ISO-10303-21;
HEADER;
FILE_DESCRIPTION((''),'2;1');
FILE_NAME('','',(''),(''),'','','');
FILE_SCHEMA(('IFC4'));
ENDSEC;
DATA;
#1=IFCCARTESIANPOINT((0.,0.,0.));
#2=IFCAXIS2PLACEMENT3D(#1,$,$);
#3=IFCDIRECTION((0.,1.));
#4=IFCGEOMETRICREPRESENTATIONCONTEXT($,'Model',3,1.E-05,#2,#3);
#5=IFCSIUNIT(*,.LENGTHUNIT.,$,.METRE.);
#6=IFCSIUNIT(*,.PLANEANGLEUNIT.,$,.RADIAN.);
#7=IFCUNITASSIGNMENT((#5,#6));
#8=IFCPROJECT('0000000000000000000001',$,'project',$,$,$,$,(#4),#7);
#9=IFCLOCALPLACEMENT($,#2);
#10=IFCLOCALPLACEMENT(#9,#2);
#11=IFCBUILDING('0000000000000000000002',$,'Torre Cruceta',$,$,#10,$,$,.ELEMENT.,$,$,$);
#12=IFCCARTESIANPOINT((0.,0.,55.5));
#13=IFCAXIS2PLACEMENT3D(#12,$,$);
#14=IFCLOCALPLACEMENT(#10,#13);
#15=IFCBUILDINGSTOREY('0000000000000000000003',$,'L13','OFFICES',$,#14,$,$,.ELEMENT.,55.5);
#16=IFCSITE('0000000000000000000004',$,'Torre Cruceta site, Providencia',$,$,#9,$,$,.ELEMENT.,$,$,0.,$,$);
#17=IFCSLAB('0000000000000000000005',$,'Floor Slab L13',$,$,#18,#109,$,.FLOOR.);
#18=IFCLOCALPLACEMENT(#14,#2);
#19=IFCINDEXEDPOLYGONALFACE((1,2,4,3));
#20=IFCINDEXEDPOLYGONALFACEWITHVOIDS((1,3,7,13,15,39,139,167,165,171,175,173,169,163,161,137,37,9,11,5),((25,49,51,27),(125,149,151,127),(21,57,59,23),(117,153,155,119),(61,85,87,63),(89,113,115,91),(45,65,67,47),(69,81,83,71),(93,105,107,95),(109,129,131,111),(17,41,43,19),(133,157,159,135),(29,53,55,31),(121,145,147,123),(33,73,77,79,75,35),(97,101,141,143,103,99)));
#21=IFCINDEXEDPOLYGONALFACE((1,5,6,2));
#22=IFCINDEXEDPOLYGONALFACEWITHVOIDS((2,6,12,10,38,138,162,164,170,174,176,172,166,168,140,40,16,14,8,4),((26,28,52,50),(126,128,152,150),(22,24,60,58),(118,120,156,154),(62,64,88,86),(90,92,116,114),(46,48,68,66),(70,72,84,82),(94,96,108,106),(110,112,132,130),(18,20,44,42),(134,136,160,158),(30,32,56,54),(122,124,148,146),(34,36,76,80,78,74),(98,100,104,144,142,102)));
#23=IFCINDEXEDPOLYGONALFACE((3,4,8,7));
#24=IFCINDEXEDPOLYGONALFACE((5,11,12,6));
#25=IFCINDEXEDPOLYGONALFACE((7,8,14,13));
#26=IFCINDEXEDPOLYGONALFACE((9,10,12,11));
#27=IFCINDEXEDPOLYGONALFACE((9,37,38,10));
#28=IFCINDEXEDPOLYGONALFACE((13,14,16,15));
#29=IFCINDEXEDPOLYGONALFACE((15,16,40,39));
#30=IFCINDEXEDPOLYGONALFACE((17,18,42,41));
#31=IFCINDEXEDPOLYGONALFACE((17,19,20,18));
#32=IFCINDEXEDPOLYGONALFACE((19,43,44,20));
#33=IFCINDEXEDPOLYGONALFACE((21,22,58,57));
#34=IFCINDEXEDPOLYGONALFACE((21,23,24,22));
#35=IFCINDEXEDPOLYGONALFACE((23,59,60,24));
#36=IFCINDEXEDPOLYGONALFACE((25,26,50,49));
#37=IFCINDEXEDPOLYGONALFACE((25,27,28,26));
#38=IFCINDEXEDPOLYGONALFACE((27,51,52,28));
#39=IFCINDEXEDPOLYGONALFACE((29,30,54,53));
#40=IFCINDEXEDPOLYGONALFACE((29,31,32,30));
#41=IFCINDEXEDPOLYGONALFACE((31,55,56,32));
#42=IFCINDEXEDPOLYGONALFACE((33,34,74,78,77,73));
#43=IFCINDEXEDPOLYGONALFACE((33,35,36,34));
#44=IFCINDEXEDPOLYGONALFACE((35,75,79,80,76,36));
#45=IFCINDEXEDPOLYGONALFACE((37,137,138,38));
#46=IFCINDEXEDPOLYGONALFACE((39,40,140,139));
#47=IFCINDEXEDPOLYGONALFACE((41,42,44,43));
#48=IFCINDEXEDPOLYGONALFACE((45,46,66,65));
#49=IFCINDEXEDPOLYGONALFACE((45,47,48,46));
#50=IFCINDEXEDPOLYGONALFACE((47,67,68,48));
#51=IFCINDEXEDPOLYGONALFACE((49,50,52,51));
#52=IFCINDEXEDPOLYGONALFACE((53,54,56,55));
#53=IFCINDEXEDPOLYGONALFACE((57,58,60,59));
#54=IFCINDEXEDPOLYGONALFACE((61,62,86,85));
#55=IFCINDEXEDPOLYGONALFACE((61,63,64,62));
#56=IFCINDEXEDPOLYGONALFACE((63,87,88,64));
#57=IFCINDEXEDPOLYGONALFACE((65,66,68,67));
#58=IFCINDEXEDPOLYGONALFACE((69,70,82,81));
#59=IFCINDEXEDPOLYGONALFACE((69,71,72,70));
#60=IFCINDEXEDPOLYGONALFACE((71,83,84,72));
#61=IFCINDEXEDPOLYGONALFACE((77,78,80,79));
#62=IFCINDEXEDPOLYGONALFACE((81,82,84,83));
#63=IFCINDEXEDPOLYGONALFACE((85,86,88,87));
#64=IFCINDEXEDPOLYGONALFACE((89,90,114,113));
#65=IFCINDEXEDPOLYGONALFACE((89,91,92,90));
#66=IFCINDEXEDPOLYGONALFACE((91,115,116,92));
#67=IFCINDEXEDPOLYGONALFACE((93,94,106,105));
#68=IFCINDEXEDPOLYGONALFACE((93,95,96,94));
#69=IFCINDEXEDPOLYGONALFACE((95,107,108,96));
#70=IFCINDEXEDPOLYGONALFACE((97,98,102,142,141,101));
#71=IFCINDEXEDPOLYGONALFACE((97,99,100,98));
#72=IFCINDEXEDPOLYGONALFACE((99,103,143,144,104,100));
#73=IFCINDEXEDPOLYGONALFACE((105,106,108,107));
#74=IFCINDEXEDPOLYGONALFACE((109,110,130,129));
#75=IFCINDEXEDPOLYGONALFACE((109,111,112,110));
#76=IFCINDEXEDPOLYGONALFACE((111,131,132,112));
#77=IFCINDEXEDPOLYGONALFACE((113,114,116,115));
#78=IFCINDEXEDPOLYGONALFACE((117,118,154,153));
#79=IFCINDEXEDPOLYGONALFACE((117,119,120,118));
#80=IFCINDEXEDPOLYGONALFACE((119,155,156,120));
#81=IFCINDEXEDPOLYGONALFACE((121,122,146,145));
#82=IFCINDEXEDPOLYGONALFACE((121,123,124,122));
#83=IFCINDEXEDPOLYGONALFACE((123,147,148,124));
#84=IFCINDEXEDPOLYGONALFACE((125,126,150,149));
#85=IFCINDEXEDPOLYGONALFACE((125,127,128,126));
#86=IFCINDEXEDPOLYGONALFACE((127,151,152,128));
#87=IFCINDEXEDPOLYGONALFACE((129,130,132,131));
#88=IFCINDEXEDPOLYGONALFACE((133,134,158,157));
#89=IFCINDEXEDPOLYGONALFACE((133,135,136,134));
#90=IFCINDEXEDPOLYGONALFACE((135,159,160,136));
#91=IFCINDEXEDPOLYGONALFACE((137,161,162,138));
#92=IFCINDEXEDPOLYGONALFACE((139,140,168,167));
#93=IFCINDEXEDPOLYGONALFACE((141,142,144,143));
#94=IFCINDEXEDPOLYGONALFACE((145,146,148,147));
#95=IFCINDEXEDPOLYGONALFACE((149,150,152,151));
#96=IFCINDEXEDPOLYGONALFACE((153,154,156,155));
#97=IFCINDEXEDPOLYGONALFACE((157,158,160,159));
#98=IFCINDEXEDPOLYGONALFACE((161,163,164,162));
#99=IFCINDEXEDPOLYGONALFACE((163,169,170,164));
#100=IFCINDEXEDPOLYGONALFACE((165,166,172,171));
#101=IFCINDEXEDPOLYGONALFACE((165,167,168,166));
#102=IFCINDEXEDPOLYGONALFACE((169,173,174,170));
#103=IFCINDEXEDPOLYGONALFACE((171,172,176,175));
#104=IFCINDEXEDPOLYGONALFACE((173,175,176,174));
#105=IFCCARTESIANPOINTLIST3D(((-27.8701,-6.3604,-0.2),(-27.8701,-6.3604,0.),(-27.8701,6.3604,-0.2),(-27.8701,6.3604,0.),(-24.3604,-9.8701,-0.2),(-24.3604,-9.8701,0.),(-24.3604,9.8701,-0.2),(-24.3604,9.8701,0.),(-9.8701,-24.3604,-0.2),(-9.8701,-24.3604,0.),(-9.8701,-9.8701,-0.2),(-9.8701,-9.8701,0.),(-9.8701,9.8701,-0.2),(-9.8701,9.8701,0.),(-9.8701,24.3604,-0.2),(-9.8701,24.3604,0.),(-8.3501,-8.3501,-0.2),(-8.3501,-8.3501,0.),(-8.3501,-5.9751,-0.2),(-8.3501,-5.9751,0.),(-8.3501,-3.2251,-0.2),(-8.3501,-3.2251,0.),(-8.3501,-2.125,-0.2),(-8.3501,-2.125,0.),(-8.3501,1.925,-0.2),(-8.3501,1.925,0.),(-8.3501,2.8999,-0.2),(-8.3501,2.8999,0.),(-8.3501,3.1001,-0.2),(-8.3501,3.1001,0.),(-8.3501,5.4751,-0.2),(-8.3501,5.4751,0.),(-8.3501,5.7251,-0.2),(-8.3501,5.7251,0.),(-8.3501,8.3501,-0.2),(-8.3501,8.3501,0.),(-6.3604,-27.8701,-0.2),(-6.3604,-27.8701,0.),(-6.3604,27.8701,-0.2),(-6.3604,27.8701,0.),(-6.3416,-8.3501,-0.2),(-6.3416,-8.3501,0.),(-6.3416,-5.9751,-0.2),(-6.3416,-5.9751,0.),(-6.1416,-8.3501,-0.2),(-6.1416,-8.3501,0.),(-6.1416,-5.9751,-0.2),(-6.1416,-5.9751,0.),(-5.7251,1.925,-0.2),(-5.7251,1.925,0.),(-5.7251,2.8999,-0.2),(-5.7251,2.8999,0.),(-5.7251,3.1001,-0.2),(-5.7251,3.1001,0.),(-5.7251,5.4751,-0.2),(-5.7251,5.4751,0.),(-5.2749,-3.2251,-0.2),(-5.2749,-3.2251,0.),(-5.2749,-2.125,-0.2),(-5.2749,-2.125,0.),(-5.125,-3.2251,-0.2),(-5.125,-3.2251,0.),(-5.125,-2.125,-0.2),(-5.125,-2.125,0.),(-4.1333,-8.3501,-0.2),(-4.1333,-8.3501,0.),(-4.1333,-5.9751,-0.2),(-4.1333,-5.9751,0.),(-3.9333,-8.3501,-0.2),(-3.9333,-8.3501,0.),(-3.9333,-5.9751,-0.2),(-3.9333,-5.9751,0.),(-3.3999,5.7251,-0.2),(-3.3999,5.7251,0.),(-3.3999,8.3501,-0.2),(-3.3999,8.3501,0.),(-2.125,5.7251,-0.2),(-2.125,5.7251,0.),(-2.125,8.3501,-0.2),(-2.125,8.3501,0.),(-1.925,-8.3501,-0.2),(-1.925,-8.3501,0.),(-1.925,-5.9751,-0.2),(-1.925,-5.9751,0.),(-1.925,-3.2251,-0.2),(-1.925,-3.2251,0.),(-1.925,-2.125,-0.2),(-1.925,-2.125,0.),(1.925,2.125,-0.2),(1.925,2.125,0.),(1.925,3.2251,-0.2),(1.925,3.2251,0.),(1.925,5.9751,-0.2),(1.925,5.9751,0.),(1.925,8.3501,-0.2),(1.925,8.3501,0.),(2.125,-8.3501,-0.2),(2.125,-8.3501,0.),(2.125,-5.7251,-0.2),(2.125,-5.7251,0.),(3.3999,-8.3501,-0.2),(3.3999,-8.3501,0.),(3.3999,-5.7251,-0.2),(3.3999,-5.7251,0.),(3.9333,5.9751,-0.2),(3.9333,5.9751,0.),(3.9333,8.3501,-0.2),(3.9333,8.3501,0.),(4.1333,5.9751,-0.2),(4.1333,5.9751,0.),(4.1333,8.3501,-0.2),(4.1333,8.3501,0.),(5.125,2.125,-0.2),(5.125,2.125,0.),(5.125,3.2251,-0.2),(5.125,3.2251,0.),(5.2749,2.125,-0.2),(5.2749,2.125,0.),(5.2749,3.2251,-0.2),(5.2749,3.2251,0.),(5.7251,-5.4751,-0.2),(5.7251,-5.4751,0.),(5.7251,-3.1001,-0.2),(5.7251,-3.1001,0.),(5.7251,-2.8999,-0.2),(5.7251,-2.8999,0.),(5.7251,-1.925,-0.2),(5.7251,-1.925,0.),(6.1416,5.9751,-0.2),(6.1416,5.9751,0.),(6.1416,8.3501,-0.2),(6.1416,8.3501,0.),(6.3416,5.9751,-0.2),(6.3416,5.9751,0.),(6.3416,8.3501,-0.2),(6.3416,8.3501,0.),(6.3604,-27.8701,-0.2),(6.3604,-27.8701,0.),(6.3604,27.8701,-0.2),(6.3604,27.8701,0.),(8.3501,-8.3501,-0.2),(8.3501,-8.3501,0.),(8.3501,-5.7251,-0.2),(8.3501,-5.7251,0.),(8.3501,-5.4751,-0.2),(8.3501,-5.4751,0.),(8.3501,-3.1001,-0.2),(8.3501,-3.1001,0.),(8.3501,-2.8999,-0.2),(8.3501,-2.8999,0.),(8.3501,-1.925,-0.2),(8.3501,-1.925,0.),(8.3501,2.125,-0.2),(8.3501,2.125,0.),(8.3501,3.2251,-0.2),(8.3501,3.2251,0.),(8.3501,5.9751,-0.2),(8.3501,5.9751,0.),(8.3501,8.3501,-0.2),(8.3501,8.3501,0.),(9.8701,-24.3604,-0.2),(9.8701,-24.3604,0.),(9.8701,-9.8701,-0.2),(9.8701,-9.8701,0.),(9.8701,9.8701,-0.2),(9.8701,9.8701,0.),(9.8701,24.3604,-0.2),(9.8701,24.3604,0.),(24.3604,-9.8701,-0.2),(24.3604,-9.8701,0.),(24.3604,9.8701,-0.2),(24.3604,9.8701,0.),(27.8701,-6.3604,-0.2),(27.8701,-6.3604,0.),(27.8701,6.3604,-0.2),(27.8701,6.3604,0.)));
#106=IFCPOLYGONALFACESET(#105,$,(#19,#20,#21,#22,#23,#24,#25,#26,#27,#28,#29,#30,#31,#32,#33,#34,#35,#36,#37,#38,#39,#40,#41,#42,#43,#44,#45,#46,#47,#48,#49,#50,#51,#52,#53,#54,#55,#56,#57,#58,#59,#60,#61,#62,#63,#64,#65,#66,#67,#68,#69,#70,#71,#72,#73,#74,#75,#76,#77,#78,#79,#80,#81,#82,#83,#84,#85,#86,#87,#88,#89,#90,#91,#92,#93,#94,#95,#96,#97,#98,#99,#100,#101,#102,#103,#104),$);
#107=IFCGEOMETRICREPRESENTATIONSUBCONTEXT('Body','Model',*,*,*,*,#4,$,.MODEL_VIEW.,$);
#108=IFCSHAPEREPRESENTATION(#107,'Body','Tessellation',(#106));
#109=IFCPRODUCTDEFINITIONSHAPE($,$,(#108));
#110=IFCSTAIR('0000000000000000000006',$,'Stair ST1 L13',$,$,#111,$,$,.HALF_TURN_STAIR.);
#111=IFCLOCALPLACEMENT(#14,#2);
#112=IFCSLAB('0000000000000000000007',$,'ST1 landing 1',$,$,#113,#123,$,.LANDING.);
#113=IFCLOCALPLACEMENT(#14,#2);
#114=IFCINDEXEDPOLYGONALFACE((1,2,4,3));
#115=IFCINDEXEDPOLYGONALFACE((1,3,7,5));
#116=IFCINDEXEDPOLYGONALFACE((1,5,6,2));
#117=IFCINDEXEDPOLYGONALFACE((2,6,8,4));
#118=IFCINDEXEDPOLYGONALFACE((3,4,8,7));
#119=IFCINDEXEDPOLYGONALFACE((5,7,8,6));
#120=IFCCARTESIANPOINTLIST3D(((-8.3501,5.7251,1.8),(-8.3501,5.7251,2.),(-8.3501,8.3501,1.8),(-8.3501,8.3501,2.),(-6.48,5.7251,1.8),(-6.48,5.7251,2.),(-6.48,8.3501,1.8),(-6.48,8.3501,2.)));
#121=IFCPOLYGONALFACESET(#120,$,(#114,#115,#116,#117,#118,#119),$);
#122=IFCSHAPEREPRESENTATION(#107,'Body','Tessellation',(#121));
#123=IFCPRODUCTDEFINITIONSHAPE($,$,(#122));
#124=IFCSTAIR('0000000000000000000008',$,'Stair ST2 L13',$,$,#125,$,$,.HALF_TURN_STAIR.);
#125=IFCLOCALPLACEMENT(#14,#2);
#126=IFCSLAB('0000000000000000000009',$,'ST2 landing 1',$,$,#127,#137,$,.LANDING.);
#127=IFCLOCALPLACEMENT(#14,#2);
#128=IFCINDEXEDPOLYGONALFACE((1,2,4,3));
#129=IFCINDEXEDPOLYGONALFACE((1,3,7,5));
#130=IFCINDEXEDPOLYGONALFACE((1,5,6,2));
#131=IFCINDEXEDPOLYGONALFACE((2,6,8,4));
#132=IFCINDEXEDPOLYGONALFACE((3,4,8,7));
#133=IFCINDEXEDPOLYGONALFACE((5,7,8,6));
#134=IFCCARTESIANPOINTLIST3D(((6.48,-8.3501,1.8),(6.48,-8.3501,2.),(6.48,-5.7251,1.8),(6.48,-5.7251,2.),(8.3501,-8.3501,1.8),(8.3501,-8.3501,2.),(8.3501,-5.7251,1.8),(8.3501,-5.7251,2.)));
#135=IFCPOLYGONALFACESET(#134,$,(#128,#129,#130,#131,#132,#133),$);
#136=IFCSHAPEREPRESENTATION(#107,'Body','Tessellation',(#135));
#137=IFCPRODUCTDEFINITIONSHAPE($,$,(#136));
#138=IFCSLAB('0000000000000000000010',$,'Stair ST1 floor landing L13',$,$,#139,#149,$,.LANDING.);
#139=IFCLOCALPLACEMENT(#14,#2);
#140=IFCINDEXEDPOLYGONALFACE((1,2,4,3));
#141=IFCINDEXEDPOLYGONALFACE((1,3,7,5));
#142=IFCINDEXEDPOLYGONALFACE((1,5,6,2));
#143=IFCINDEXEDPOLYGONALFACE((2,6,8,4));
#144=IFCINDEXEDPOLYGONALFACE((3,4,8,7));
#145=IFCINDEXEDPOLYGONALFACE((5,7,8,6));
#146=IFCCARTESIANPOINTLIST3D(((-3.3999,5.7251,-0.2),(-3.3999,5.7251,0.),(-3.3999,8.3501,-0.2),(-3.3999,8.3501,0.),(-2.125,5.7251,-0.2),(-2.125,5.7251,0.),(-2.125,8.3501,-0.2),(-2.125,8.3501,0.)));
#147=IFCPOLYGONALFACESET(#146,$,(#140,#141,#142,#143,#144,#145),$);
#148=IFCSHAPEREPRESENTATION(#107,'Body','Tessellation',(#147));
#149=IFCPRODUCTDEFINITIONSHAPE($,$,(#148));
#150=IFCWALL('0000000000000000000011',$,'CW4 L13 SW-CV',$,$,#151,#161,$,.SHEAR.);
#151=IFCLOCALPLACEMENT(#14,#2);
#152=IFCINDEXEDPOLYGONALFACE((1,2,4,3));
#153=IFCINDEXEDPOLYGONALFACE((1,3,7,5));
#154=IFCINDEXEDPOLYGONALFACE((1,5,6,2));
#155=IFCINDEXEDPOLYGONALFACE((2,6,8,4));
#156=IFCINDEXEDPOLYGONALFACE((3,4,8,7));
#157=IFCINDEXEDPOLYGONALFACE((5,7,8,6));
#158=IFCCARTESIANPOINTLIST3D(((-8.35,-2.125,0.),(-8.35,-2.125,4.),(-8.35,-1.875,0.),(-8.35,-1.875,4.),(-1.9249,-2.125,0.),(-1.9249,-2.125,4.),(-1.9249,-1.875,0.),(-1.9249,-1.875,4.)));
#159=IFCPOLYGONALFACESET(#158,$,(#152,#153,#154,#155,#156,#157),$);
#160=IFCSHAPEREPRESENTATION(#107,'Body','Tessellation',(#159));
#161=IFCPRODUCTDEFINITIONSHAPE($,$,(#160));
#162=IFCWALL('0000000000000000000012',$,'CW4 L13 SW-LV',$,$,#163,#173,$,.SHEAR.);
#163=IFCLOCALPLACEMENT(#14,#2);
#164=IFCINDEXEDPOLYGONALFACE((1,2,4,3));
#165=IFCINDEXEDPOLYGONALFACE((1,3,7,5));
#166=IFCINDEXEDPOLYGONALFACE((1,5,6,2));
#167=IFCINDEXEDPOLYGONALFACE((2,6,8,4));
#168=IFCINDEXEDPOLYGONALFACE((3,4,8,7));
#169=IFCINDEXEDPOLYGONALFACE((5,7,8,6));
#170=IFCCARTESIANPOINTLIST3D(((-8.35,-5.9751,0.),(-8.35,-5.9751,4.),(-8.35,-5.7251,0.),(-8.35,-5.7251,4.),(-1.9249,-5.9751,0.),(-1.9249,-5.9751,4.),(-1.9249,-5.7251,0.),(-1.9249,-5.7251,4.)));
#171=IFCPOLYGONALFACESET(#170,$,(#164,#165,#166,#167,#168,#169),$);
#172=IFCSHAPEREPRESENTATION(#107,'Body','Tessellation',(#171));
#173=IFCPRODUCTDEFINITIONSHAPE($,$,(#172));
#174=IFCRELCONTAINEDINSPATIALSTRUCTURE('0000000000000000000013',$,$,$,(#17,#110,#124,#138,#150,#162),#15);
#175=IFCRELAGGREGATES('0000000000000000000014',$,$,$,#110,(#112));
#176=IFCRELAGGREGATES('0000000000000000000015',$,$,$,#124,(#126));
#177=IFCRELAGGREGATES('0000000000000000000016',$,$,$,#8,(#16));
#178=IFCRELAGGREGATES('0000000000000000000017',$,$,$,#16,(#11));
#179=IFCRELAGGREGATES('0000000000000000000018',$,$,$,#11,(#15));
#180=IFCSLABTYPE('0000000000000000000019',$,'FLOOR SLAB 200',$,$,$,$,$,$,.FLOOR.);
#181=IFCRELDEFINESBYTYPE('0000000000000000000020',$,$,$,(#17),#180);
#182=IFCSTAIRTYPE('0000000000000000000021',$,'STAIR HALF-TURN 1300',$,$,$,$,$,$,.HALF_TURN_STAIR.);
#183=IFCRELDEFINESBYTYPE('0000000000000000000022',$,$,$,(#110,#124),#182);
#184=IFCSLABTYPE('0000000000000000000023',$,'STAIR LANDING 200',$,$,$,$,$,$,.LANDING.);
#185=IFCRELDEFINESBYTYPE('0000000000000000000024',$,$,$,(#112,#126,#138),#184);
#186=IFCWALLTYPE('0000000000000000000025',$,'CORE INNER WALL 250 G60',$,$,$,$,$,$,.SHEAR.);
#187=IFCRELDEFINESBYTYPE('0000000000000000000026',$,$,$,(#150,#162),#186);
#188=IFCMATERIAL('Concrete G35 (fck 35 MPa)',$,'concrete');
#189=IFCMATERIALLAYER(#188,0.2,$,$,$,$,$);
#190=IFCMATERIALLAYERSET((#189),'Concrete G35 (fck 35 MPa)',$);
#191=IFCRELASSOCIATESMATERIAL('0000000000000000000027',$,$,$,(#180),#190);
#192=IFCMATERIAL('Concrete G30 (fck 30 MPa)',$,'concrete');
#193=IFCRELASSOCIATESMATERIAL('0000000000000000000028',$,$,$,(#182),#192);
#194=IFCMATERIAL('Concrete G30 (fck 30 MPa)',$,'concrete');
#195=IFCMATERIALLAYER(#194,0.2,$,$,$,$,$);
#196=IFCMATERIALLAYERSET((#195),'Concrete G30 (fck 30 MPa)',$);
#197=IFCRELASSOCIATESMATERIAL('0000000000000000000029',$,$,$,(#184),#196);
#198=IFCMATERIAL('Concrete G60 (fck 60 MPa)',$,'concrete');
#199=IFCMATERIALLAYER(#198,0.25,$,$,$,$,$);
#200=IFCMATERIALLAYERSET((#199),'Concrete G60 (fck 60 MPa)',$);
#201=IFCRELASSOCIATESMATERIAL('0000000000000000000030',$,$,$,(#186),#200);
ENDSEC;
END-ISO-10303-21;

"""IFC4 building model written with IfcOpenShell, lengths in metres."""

from ifc_helpers import new_model, si_unit, direction, frame, frame_2d, origin, place, context, subcontext, project, spatial, polyline, rectangle, outline, extrude, material, layer, layer_set, type_object, element, aggregate, save


model = new_model("IFC4")

# Units and contexts
model_context = context("Model", 3, precision=1e-05, world=origin(), true_north=direction((0.0, 1.0)))
body_context = subcontext(model_context, "Body", "Model", "MODEL_VIEW")
ifc_project = project(units=[si_unit("LENGTHUNIT", "METRE"), si_unit("PLANEANGLEUNIT", "RADIAN")], contexts=[model_context])

# Site, building, storey
site_placement = place(None, origin())
site = spatial("IfcSite", under=ifc_project, at=site_placement, Name="Torre Cruceta site, Providencia", CompositionType="ELEMENT", RefElevation=0.0)
building_placement = place(site_placement, origin())
building = spatial("IfcBuilding", under=site, at=building_placement, Name="Torre Cruceta", CompositionType="ELEMENT")
storey_placement = place(building_placement, frame((0.0, 0.0, 55.5)))
storey = spatial("IfcBuildingStorey", under=building, at=storey_placement, Name="L13", Description="OFFICES", CompositionType="ELEMENT", Elevation=55.5)

# Slab
ifc_material_1 = material(Name="Concrete G35 (fck 35 MPa)", Category="concrete")
ifc_layer_1 = layer(ifc_material_1, 0.2)
ifc_layer_set_1 = layer_set([ifc_layer_1], Name="Concrete G35 (fck 35 MPa)")
slab_type_1 = type_object("IfcSlabType", Name="FLOOR SLAB 200", PredefinedType="FLOOR", material=ifc_layer_set_1)
slab_1_placement = place(storey_placement, frame((0.0, 0.0, -0.2)))
element("IfcSlab", 1, at=slab_1_placement, inside=storey, type_object=slab_type_1, Name="Floor Slab L13", PredefinedType="FLOOR", context=body_context, shape_type="SweptSolid", body=[
    extrude(outline(polyline([(9.8701, -9.8701), (9.8701, -24.3604), (6.3604, -27.8701), (-6.3604, -27.8701), (-9.8701, -24.3604), (-9.8701, -9.8701), (-24.3604, -9.8701), (-27.8701, -6.3604), (-27.8701, 6.3604), (-24.3604, 9.8701), (-9.8701, 9.8701), (-9.8701, 24.3604), (-6.3604, 27.8701), (6.3604, 27.8701), (9.8701, 24.3604), (9.8701, 9.8701), (24.3604, 9.8701), (27.8701, 6.3604), (27.8701, -6.3604), (24.3604, -9.8701), (9.8701, -9.8701)]), holes=[polyline([(1.925, 5.9751), (3.9333, 5.9751), (3.9333, 8.3501), (1.925, 8.3501), (1.925, 5.9751)]), polyline([(4.1333, 5.9751), (6.1416, 5.9751), (6.1416, 8.3501), (4.1333, 8.3501), (4.1333, 5.9751)]), polyline([(6.3416, 5.9751), (8.3501, 5.9751), (8.3501, 8.3501), (6.3416, 8.3501), (6.3416, 5.9751)]), polyline([(1.925, 2.125), (5.125, 2.125), (5.125, 3.2251), (1.925, 3.2251), (1.925, 2.125)]), polyline([(5.2749, 2.125), (8.3501, 2.125), (8.3501, 3.2251), (5.2749, 3.2251), (5.2749, 2.125)]), polyline([(-8.3501, 3.1001), (-5.7251, 3.1001), (-5.7251, 5.4751), (-8.3501, 5.4751), (-8.3501, 3.1001)]), polyline([(-8.3501, 1.925), (-5.7251, 1.925), (-5.7251, 2.8999), (-8.3501, 2.8999), (-8.3501, 1.925)]), polyline([(-3.9333, -8.3501), (-1.925, -8.3501), (-1.925, -5.9751), (-3.9333, -5.9751), (-3.9333, -8.3501)]), polyline([(-6.1416, -8.3501), (-4.1333, -8.3501), (-4.1333, -5.9751), (-6.1416, -5.9751), (-6.1416, -8.3501)]), polyline([(-8.3501, -8.3501), (-6.3416, -8.3501), (-6.3416, -5.9751), (-8.3501, -5.9751), (-8.3501, -8.3501)]), polyline([(-5.125, -3.2251), (-1.925, -3.2251), (-1.925, -2.125), (-5.125, -2.125), (-5.125, -3.2251)]), polyline([(-8.3501, -3.2251), (-5.2749, -3.2251), (-5.2749, -2.125), (-8.3501, -2.125), (-8.3501, -3.2251)]), polyline([(5.7251, -5.4751), (8.3501, -5.4751), (8.3501, -3.1001), (5.7251, -3.1001), (5.7251, -5.4751)]), polyline([(5.7251, -2.8999), (8.3501, -2.8999), (8.3501, -1.925), (5.7251, -1.925), (5.7251, -2.8999)]), polyline([(-8.3501, 5.7251), (-8.3501, 8.3501), (-3.3999, 8.3501), (-2.125, 8.3501), (-2.125, 5.7251), (-3.3999, 5.7251), (-8.3501, 5.7251)]), polyline([(2.125, -5.7251), (3.3999, -5.7251), (8.3501, -5.7251), (8.3501, -8.3501), (3.3999, -8.3501), (2.125, -8.3501), (2.125, -5.7251)])]), origin(), (0.0, 0.0, 1.0), 0.2),
])

# Stairs, slabs
ifc_material_2 = material(Name="Concrete G30 (fck 30 MPa)", Category="concrete")
stair_type = type_object("IfcStairType", Name="STAIR HALF-TURN 1300", PredefinedType="HALF_TURN_STAIR", material=ifc_material_2)
stair_1_placement = place(storey_placement, origin())
stair_1 = element("IfcStair", 2, at=stair_1_placement, inside=storey, type_object=stair_type, Name="Stair ST1 L13", PredefinedType="HALF_TURN_STAIR")
ifc_material_3 = material(Name="Concrete G30 (fck 30 MPa)", Category="concrete")
ifc_layer_2 = layer(ifc_material_3, 0.2)
ifc_layer_set_2 = layer_set([ifc_layer_2], Name="Concrete G30 (fck 30 MPa)")
slab_type_2 = type_object("IfcSlabType", Name="STAIR LANDING 200", PredefinedType="LANDING", material=ifc_layer_set_2)
slab_2_placement = place(storey_placement, frame((0.0, 0.0, 1.8)))
slab_2 = element("IfcSlab", 3, at=slab_2_placement, type_object=slab_type_2, Name="ST1 landing 1", PredefinedType="LANDING", context=body_context, shape_type="SweptSolid", body=[
    extrude(outline(polyline([(-8.3501, 5.7251), (-6.48, 5.7251), (-6.48, 8.3501), (-8.3501, 8.3501), (-8.3501, 5.7251)])), origin(), (0.0, 0.0, 1.0), 0.2),
])
aggregate(stair_1, [slab_2])
stair_2_placement = place(storey_placement, origin())
stair_2 = element("IfcStair", 4, at=stair_2_placement, inside=storey, type_object=stair_type, Name="Stair ST2 L13", PredefinedType="HALF_TURN_STAIR")
slab_3_placement = place(storey_placement, frame((0.0, 0.0, 1.8)))
slab_3 = element("IfcSlab", 5, at=slab_3_placement, type_object=slab_type_2, Name="ST2 landing 1", PredefinedType="LANDING", context=body_context, shape_type="SweptSolid", body=[
    extrude(outline(polyline([(6.48, -8.3501), (8.3501, -8.3501), (8.3501, -5.7251), (6.48, -5.7251), (6.48, -8.3501)])), origin(), (0.0, 0.0, 1.0), 0.2),
])
aggregate(stair_2, [slab_3])

# Slab
slab_4_placement = place(storey_placement, frame((0.0, 0.0, -0.2)))
element("IfcSlab", 6, at=slab_4_placement, inside=storey, type_object=slab_type_2, Name="Stair ST1 floor landing L13", PredefinedType="LANDING", context=body_context, shape_type="SweptSolid", body=[
    extrude(outline(polyline([(-2.125, 8.3501), (-2.125, 5.7251), (-3.3999, 5.7251), (-3.3999, 8.3501), (-2.125, 8.3501)])), origin(), (0.0, 0.0, 1.0), 0.2),
])

# Shared definitions
ifc_material_4 = material(Name="Concrete G60 (fck 60 MPa)", Category="concrete")
ifc_layer_3 = layer(ifc_material_4, 0.25)
ifc_layer_set_3 = layer_set([ifc_layer_3], Name="Concrete G60 (fck 60 MPa)")
wall_type_1 = type_object("IfcWallType", Name="CORE INNER WALL 250 G60", PredefinedType="SHEAR", material=ifc_layer_set_3)

# Walls
for number, where, z_axis, x_axis, name in (
    (7, (-1.925, -2.0, 0.0), (0.0, 0.0, 1.0), (-1.0, 0.0, 0.0), "CW4 L13 SW-CV"),
    (8, (-1.925, -5.8501, 0.0), (0.0, 0.0, 1.0), (-1.0, 0.0, 0.0), "CW4 L13 SW-LV"),
):
    element("IfcWall", number, at=place(storey_placement, frame(where, z_axis=z_axis, x_axis=x_axis)), inside=storey, type_object=wall_type_1, Name=name, PredefinedType="SHEAR", context=body_context, shape_type="SweptSolid", body=[
        extrude(rectangle(XDim=6.425, YDim=0.25, at=frame_2d((3.2124, 0.0))), origin(), (0.0, 0.0, 1.0), 4.0),
    ])

save(model, "model.ifc")
